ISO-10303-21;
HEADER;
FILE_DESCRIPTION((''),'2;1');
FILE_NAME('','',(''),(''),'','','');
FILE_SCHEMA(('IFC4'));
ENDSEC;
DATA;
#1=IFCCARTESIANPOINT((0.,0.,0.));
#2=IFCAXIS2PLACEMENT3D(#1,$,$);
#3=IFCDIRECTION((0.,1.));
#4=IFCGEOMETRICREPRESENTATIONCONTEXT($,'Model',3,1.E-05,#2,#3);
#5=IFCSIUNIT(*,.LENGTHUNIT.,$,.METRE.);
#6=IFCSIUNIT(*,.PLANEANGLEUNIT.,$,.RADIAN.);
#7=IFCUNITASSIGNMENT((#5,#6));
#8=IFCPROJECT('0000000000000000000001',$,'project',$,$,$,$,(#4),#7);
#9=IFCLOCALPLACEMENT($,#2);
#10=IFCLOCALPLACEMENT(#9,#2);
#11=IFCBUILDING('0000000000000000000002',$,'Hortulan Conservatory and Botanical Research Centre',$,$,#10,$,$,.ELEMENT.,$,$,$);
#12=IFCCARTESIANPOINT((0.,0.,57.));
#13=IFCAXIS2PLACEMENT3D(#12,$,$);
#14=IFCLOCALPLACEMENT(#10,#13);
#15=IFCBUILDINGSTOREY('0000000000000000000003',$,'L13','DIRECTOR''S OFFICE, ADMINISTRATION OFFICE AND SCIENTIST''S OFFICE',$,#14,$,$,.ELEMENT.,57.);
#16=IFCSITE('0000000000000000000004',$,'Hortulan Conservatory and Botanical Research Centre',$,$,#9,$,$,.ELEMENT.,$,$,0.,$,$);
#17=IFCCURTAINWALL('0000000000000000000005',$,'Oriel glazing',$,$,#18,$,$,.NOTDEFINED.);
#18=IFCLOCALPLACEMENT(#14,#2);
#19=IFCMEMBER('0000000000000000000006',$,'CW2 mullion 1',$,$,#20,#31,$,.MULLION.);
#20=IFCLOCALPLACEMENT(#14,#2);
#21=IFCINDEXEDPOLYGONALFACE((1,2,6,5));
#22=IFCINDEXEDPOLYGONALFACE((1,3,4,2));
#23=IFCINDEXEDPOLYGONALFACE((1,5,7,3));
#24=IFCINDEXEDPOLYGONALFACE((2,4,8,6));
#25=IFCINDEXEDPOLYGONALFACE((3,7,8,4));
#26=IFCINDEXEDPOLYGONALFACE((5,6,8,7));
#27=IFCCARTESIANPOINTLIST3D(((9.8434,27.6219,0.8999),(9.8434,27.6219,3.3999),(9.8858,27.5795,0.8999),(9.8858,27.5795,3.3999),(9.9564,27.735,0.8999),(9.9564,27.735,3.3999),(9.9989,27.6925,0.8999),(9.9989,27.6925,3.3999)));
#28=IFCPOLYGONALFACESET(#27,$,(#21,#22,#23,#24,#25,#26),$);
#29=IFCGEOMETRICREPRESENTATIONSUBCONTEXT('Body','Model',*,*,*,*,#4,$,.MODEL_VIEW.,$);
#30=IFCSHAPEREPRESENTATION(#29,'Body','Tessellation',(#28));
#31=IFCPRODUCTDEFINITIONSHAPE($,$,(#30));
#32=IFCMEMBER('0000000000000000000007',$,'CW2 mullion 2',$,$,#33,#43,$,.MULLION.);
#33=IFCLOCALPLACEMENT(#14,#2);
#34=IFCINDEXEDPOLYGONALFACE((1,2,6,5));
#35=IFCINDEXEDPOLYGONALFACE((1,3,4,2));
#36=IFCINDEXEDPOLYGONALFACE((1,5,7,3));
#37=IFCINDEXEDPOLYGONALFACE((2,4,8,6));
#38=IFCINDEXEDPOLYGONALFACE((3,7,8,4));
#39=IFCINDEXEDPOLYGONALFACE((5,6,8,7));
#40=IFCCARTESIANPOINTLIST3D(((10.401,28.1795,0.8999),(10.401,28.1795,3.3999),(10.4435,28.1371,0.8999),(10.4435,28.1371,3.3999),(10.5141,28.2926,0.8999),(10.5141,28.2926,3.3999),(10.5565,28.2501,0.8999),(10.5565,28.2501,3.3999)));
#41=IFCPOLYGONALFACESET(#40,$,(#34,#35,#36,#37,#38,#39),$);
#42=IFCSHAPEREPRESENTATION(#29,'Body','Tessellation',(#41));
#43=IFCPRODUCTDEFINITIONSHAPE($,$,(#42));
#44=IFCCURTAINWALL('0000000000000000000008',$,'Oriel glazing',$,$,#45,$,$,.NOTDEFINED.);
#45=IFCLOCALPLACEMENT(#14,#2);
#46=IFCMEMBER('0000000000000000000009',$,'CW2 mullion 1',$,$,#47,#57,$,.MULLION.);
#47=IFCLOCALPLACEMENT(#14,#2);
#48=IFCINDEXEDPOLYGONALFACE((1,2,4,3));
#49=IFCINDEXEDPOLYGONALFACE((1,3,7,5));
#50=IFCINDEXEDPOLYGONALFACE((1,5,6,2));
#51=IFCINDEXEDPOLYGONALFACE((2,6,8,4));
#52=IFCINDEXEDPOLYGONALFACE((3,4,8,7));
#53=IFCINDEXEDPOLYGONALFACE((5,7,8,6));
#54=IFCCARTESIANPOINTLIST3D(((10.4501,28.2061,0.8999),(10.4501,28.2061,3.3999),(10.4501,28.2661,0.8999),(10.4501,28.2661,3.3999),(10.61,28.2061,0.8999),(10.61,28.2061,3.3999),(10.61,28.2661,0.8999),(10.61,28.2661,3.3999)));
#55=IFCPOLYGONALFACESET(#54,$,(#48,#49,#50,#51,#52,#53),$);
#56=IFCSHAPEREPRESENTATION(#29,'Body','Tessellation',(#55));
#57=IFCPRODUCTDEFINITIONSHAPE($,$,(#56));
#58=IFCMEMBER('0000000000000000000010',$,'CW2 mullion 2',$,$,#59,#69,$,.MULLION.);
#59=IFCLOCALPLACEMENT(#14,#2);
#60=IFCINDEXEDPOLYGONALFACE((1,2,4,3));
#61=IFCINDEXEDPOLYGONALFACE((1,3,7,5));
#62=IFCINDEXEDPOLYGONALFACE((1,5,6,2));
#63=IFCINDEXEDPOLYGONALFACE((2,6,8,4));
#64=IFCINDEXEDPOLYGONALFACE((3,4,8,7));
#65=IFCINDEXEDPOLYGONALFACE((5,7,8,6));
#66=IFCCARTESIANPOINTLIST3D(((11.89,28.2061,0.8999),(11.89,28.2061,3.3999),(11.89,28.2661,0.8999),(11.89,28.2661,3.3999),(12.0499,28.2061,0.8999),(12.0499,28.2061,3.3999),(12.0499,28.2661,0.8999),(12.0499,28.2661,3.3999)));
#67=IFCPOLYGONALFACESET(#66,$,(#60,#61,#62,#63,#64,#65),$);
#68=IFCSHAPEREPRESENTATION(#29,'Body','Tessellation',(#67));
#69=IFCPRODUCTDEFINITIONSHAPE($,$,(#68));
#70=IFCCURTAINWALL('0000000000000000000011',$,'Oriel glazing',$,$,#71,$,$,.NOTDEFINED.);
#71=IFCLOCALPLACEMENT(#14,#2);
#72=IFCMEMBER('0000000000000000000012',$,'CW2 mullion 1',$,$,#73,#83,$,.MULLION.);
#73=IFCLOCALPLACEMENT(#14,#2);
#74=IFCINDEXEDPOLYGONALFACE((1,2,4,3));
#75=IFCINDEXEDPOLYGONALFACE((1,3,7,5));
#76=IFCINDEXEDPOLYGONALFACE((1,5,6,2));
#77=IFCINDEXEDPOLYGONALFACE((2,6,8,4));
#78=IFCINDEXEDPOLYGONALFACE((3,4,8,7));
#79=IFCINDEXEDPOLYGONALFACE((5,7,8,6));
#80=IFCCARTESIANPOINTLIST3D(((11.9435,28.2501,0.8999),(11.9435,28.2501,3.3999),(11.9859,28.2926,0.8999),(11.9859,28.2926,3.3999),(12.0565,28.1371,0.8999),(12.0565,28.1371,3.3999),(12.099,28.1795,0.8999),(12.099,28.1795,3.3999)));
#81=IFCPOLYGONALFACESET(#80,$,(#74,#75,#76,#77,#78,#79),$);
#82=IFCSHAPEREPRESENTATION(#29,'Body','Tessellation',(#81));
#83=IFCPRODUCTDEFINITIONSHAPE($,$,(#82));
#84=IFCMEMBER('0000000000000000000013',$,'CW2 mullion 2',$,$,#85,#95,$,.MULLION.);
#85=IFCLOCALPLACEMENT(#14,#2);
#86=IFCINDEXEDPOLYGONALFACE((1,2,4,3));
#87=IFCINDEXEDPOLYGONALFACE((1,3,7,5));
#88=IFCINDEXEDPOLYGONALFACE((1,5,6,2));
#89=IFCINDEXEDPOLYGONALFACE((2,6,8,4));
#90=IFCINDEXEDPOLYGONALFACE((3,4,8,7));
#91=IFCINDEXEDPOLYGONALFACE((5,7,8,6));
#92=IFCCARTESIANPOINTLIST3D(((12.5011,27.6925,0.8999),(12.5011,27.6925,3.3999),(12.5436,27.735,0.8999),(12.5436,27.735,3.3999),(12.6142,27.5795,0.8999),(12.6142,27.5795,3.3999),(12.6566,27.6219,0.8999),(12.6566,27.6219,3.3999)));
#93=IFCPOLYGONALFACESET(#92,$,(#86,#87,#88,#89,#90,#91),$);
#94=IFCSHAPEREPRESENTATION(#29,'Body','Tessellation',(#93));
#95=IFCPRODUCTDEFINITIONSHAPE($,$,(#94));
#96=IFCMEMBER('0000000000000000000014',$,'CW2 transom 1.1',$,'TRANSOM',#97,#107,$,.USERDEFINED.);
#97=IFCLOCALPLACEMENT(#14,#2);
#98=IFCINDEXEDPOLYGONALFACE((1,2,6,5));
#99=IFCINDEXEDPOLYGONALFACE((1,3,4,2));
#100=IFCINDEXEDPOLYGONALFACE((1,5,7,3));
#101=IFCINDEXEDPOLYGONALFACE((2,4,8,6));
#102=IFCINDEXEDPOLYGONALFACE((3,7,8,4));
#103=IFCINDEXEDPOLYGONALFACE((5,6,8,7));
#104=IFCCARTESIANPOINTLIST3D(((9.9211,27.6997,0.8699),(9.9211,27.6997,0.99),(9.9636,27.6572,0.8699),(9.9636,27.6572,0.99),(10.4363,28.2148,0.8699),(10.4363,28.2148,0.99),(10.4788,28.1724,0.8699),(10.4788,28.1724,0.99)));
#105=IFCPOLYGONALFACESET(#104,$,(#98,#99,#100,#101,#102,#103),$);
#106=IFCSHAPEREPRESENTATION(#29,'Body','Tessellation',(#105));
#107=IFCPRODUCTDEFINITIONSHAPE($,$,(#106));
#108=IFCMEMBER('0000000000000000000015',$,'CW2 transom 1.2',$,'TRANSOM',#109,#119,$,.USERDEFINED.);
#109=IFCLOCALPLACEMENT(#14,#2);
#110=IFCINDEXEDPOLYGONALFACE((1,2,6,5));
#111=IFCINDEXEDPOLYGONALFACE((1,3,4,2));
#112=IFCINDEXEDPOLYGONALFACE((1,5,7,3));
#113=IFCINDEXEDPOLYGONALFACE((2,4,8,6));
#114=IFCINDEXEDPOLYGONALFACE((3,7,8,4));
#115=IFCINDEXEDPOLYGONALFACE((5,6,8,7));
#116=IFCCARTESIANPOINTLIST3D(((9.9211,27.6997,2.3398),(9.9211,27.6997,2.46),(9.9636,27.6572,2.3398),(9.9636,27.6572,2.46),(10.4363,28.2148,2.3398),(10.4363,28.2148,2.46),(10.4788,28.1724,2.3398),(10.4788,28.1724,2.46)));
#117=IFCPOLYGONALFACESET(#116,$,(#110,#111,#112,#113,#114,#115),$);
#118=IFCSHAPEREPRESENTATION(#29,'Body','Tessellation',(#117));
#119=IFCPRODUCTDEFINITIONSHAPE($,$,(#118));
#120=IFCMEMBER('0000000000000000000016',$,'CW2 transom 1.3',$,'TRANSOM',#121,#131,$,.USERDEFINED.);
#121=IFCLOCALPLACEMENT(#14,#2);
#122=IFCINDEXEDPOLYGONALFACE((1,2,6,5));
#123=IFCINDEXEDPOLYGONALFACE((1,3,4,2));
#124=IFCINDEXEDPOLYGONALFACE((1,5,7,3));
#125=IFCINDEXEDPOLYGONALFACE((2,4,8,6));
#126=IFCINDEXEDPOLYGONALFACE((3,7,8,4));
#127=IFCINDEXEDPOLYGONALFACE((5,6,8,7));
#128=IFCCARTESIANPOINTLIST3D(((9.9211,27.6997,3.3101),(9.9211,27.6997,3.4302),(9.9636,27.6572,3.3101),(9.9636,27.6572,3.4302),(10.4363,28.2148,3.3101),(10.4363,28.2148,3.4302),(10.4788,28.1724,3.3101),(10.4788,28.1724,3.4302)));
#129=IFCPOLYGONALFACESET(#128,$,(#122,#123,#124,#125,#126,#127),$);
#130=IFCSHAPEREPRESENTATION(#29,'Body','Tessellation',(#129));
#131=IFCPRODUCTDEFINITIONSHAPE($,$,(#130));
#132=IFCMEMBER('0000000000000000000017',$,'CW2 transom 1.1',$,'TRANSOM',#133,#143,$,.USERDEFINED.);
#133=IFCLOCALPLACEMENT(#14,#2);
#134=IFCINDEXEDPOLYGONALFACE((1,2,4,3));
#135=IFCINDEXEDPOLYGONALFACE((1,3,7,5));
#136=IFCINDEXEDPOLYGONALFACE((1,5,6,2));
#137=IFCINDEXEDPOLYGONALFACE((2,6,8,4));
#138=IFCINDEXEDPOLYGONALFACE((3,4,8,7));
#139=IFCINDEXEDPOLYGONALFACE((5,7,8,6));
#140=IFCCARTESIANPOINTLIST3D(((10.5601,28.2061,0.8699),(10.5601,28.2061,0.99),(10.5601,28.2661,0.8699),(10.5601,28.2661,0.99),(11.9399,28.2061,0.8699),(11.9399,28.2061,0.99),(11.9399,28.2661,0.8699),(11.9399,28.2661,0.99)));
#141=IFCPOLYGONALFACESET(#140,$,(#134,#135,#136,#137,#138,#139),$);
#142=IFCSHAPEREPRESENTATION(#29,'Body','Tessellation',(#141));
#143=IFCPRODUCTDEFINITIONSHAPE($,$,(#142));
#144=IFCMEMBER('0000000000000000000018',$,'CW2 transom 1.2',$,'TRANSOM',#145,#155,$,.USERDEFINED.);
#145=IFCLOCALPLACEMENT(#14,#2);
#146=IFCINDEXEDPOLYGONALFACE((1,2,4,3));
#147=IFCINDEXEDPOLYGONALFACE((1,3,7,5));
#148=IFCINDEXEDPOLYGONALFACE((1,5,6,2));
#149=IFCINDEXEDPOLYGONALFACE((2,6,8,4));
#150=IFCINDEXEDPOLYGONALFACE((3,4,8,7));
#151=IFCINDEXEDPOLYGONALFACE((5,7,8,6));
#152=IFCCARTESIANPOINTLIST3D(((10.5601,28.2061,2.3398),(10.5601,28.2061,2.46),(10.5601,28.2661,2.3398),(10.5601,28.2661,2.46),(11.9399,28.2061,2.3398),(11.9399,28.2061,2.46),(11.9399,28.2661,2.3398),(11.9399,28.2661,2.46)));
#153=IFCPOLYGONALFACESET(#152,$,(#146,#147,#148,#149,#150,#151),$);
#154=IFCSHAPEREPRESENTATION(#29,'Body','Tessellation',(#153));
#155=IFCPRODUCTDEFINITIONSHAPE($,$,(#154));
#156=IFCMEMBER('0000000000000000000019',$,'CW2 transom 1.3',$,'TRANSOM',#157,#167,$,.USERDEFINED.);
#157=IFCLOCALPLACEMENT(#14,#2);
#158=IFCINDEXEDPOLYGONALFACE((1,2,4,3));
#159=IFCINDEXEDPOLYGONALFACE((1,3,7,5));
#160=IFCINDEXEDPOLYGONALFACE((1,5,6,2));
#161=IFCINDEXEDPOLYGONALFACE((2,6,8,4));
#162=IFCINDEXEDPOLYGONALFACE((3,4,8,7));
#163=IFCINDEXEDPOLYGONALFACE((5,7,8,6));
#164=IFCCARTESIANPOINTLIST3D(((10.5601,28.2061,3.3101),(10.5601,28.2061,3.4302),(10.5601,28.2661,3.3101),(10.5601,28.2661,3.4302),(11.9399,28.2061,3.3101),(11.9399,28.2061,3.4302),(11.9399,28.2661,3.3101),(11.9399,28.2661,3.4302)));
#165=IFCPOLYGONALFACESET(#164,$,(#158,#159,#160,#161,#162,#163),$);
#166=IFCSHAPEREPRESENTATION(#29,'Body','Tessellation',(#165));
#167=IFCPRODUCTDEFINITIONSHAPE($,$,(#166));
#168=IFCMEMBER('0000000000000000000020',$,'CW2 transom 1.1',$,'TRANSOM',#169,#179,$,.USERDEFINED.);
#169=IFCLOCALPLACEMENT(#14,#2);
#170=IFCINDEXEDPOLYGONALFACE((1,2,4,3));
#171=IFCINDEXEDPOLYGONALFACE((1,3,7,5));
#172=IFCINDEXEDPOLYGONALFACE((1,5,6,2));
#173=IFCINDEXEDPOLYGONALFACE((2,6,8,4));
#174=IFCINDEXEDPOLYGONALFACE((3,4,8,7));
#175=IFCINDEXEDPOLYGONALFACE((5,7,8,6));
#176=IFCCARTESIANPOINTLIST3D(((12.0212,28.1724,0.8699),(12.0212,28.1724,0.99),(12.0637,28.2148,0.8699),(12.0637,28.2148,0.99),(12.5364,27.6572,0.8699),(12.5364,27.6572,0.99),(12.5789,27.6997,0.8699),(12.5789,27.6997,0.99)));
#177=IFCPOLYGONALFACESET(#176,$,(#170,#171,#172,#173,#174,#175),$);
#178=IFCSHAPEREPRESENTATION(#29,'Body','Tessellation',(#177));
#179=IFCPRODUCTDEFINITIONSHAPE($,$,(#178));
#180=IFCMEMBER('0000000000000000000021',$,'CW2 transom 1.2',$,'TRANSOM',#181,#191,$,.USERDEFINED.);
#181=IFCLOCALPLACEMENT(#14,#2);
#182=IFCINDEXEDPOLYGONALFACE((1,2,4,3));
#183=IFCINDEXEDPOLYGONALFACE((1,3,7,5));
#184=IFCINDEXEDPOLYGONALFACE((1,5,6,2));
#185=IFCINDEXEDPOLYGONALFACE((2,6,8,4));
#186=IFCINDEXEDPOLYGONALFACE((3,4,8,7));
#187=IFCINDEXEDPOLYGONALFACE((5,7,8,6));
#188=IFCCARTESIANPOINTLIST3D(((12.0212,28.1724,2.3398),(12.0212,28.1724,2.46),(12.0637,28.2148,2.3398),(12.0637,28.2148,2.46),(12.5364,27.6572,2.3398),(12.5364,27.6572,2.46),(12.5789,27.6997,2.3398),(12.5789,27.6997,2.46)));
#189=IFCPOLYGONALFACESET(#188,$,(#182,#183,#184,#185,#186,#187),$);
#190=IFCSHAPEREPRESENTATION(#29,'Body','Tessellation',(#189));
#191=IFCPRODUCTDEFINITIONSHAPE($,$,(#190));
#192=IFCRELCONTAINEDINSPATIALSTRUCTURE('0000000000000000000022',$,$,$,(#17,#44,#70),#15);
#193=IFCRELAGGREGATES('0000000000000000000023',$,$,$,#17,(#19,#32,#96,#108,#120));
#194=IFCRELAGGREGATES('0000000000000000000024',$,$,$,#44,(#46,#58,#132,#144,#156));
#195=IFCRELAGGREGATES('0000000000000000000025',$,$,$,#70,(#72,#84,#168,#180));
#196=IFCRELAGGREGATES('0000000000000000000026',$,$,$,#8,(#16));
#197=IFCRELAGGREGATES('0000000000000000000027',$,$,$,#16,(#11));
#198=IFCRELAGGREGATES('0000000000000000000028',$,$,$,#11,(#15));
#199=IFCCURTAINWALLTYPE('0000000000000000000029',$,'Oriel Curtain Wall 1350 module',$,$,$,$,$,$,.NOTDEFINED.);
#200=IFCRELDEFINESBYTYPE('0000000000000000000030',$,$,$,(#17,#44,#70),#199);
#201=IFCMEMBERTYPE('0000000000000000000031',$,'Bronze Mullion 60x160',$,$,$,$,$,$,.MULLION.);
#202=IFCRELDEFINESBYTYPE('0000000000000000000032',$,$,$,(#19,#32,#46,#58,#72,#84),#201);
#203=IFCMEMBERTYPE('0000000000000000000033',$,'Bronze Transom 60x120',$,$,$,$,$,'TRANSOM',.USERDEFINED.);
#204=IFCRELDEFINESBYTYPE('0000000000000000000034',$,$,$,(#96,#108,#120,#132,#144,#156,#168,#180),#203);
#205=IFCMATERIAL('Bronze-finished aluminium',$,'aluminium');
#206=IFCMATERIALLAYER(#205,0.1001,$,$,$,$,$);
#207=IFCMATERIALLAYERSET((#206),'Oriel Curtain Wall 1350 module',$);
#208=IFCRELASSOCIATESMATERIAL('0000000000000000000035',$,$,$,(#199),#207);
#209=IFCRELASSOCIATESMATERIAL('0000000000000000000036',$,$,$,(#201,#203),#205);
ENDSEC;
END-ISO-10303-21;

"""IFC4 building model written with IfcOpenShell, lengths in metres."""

from ifc_helpers import new_model, si_unit, direction, frame, origin, origin_2d, place, context, subcontext, project, spatial, rectangle, extrude, material, layer, layer_set, material_profile, profile_set, type_object, element, aggregate, save


model = new_model("IFC4")

# Units and contexts
model_context = context("Model", 3, precision=1e-05, world=origin(), true_north=direction((0.0, 1.0)))
body_context = subcontext(model_context, "Body", "Model", "MODEL_VIEW")
ifc_project = project(units=[si_unit("LENGTHUNIT", "METRE"), si_unit("PLANEANGLEUNIT", "RADIAN")], contexts=[model_context])

# Site, building, storey
site_placement = place(None, origin())
site = spatial("IfcSite", under=ifc_project, at=site_placement, Name="Hortulan Conservatory and Botanical Research Centre", CompositionType="ELEMENT", RefElevation=0.0)
building_placement = place(site_placement, origin())
building = spatial("IfcBuilding", under=site, at=building_placement, Name="Hortulan Conservatory and Botanical Research Centre", CompositionType="ELEMENT")
storey_placement = place(building_placement, frame((0.0, 0.0, 57.0)))
storey = spatial("IfcBuildingStorey", under=building, at=storey_placement, Name="L13", Description="DIRECTOR'S OFFICE, ADMINISTRATION OFFICE AND SCIENTIST'S OFFICE", CompositionType="ELEMENT", Elevation=57.0)

# Curtain walls, members
ifc_material_1 = material(Name="Bronze-finished aluminium", Category="aluminium")
ifc_layer_1 = layer(ifc_material_1, 0.1001)
ifc_layer_set_1 = layer_set([ifc_layer_1], Name="Oriel Curtain Wall 1350 module")
curtain_wall_type = type_object("IfcCurtainWallType", Name="Oriel Curtain Wall 1350 module", PredefinedType="NOTDEFINED", material=ifc_layer_set_1)
curtain_wall_1_placement = place(storey_placement, origin())
curtain_wall_1 = element("IfcCurtainWall", 1, at=curtain_wall_1_placement, inside=storey, type_object=curtain_wall_type, Name="Oriel glazing", PredefinedType="NOTDEFINED")
ifc_material_profile_1 = material_profile(ifc_material_1, rectangle(XDim=0.0601, YDim=0.1599, at=origin_2d()), Name="Bronze Mullion 60x160")
ifc_profile_set_1 = profile_set([ifc_material_profile_1], Name="Bronze-finished aluminium")
member_type_1 = type_object("IfcMemberType", Name="Bronze Mullion 60x160", PredefinedType="MULLION", material=ifc_profile_set_1)
member_1_placement = place(storey_placement, frame((9.9211, 27.6572, 0.8999), z_axis=(0.0, 0.0, 1.0), x_axis=(-0.707107, 0.707107, 0.0)))
member_1 = element("IfcMember", 2, at=member_1_placement, type_object=member_type_1, Name="CW2 mullion 1", PredefinedType="MULLION", context=body_context, shape_type="SweptSolid", body=[
    extrude(rectangle(XDim=0.0601, YDim=0.1599, at=origin_2d()), origin(), (0.0, 0.0, 1.0), 2.5),
])
member_2_placement = place(storey_placement, frame((10.4788, 28.2148, 0.8999), z_axis=(0.0, 0.0, 1.0), x_axis=(-0.707107, 0.707107, 0.0)))
member_2 = element("IfcMember", 3, at=member_2_placement, type_object=member_type_1, Name="CW2 mullion 2", PredefinedType="MULLION", context=body_context, shape_type="SweptSolid", body=[
    extrude(rectangle(XDim=0.0601, YDim=0.1599, at=origin_2d()), origin(), (0.0, 0.0, 1.0), 2.5),
])
curtain_wall_2_placement = place(storey_placement, origin())
curtain_wall_2 = element("IfcCurtainWall", 4, at=curtain_wall_2_placement, inside=storey, type_object=curtain_wall_type, Name="Oriel glazing", PredefinedType="NOTDEFINED")
member_3_placement = place(storey_placement, frame((10.53, 28.2361, 0.8999), z_axis=(0.0, 0.0, 1.0), x_axis=(0.0, 1.0, 0.0)))
member_3 = element("IfcMember", 5, at=member_3_placement, type_object=member_type_1, Name="CW2 mullion 1", PredefinedType="MULLION", context=body_context, shape_type="SweptSolid", body=[
    extrude(rectangle(XDim=0.0601, YDim=0.1599, at=origin_2d()), origin(), (0.0, 0.0, 1.0), 2.5),
])
member_4_placement = place(storey_placement, frame((11.97, 28.2361, 0.8999), z_axis=(0.0, 0.0, 1.0), x_axis=(0.0, 1.0, 0.0)))
member_4 = element("IfcMember", 6, at=member_4_placement, type_object=member_type_1, Name="CW2 mullion 2", PredefinedType="MULLION", context=body_context, shape_type="SweptSolid", body=[
    extrude(rectangle(XDim=0.0601, YDim=0.1599, at=origin_2d()), origin(), (0.0, 0.0, 1.0), 2.5),
])
curtain_wall_3_placement = place(storey_placement, origin())
curtain_wall_3 = element("IfcCurtainWall", 7, at=curtain_wall_3_placement, inside=storey, type_object=curtain_wall_type, Name="Oriel glazing", PredefinedType="NOTDEFINED")
member_5_placement = place(storey_placement, frame((12.0212, 28.2148, 0.8999), z_axis=(0.0, 0.0, 1.0), x_axis=(0.707107, 0.707107, 0.0)))
member_5 = element("IfcMember", 8, at=member_5_placement, type_object=member_type_1, Name="CW2 mullion 1", PredefinedType="MULLION", context=body_context, shape_type="SweptSolid", body=[
    extrude(rectangle(XDim=0.0601, YDim=0.1599, at=origin_2d()), origin(), (0.0, 0.0, 1.0), 2.5),
])
member_6_placement = place(storey_placement, frame((12.5789, 27.6572, 0.8999), z_axis=(0.0, 0.0, 1.0), x_axis=(0.707107, 0.707107, 0.0)))
member_6 = element("IfcMember", 9, at=member_6_placement, type_object=member_type_1, Name="CW2 mullion 2", PredefinedType="MULLION", context=body_context, shape_type="SweptSolid", body=[
    extrude(rectangle(XDim=0.0601, YDim=0.1599, at=origin_2d()), origin(), (0.0, 0.0, 1.0), 2.5),
])

# Members
ifc_material_profile_2 = material_profile(ifc_material_1, rectangle(XDim=0.0601, YDim=0.1201, at=origin_2d()), Name="Bronze Transom 60x120")
ifc_profile_set_2 = profile_set([ifc_material_profile_2], Name="Bronze-finished aluminium")
member_type_2 = type_object("IfcMemberType", Name="Bronze Transom 60x120", ElementType="TRANSOM", PredefinedType="USERDEFINED", material=ifc_profile_set_2)
member_7_placement = place(storey_placement, frame((9.9424, 27.6785, 0.9299), z_axis=(0.707107, 0.707107, 0.0), x_axis=(-0.707107, 0.707107, 0.0)))
member_7 = element("IfcMember", 10, at=member_7_placement, type_object=member_type_2, Name="CW2 transom 1.1", ObjectType="TRANSOM", PredefinedType="USERDEFINED", context=body_context, shape_type="SweptSolid", body=[
    extrude(rectangle(XDim=0.0601, YDim=0.1201, at=origin_2d()), origin(), (0.0, 0.0, 1.0), 0.7285),
])
member_8_placement = place(storey_placement, frame((9.9424, 27.6785, 2.3999), z_axis=(0.707107, 0.707107, 0.0), x_axis=(-0.707107, 0.707107, 0.0)))
member_8 = element("IfcMember", 11, at=member_8_placement, type_object=member_type_2, Name="CW2 transom 1.2", ObjectType="TRANSOM", PredefinedType="USERDEFINED", context=body_context, shape_type="SweptSolid", body=[
    extrude(rectangle(XDim=0.0601, YDim=0.1201, at=origin_2d()), origin(), (0.0, 0.0, 1.0), 0.7285),
])
member_9_placement = place(storey_placement, frame((9.9424, 27.6785, 3.3701), z_axis=(0.707107, 0.707107, 0.0), x_axis=(-0.707107, 0.707107, 0.0)))
member_9 = element("IfcMember", 12, at=member_9_placement, type_object=member_type_2, Name="CW2 transom 1.3", ObjectType="TRANSOM", PredefinedType="USERDEFINED", context=body_context, shape_type="SweptSolid", body=[
    extrude(rectangle(XDim=0.0601, YDim=0.1201, at=origin_2d()), origin(), (0.0, 0.0, 1.0), 0.7285),
])
member_10_placement = place(storey_placement, frame((10.5601, 28.2361, 0.9299), z_axis=(1.0, 0.0, 0.0), x_axis=(0.0, 1.0, 0.0)))
member_10 = element("IfcMember", 13, at=member_10_placement, type_object=member_type_2, Name="CW2 transom 1.1", ObjectType="TRANSOM", PredefinedType="USERDEFINED", context=body_context, shape_type="SweptSolid", body=[
    extrude(rectangle(XDim=0.0601, YDim=0.1201, at=origin_2d()), origin(), (0.0, 0.0, 1.0), 1.3799),
])
member_11_placement = place(storey_placement, frame((10.5601, 28.2361, 2.3999), z_axis=(1.0, 0.0, 0.0), x_axis=(0.0, 1.0, 0.0)))
member_11 = element("IfcMember", 14, at=member_11_placement, type_object=member_type_2, Name="CW2 transom 1.2", ObjectType="TRANSOM", PredefinedType="USERDEFINED", context=body_context, shape_type="SweptSolid", body=[
    extrude(rectangle(XDim=0.0601, YDim=0.1201, at=origin_2d()), origin(), (0.0, 0.0, 1.0), 1.3799),
])
member_12_placement = place(storey_placement, frame((10.5601, 28.2361, 3.3701), z_axis=(1.0, 0.0, 0.0), x_axis=(0.0, 1.0, 0.0)))
member_12 = element("IfcMember", 15, at=member_12_placement, type_object=member_type_2, Name="CW2 transom 1.3", ObjectType="TRANSOM", PredefinedType="USERDEFINED", context=body_context, shape_type="SweptSolid", body=[
    extrude(rectangle(XDim=0.0601, YDim=0.1201, at=origin_2d()), origin(), (0.0, 0.0, 1.0), 1.3799),
])
member_13_placement = place(storey_placement, frame((12.0425, 28.1936, 0.9299), z_axis=(0.707107, -0.707107, 0.0), x_axis=(0.707107, 0.707107, 0.0)))
member_13 = element("IfcMember", 16, at=member_13_placement, type_object=member_type_2, Name="CW2 transom 1.1", ObjectType="TRANSOM", PredefinedType="USERDEFINED", context=body_context, shape_type="SweptSolid", body=[
    extrude(rectangle(XDim=0.0601, YDim=0.1201, at=origin_2d()), origin(), (0.0, 0.0, 1.0), 0.7285),
])
member_14_placement = place(storey_placement, frame((12.0425, 28.1936, 2.3999), z_axis=(0.707107, -0.707107, 0.0), x_axis=(0.707107, 0.707107, 0.0)))
member_14 = element("IfcMember", 17, at=member_14_placement, type_object=member_type_2, Name="CW2 transom 1.2", ObjectType="TRANSOM", PredefinedType="USERDEFINED", context=body_context, shape_type="SweptSolid", body=[
    extrude(rectangle(XDim=0.0601, YDim=0.1201, at=origin_2d()), origin(), (0.0, 0.0, 1.0), 0.7285),
])

aggregate(curtain_wall_1, [member_1, member_2, member_7, member_8, member_9])
aggregate(curtain_wall_2, [member_3, member_4, member_10, member_11, member_12])
aggregate(curtain_wall_3, [member_5, member_6, member_13, member_14])

save(model, "model.ifc")
